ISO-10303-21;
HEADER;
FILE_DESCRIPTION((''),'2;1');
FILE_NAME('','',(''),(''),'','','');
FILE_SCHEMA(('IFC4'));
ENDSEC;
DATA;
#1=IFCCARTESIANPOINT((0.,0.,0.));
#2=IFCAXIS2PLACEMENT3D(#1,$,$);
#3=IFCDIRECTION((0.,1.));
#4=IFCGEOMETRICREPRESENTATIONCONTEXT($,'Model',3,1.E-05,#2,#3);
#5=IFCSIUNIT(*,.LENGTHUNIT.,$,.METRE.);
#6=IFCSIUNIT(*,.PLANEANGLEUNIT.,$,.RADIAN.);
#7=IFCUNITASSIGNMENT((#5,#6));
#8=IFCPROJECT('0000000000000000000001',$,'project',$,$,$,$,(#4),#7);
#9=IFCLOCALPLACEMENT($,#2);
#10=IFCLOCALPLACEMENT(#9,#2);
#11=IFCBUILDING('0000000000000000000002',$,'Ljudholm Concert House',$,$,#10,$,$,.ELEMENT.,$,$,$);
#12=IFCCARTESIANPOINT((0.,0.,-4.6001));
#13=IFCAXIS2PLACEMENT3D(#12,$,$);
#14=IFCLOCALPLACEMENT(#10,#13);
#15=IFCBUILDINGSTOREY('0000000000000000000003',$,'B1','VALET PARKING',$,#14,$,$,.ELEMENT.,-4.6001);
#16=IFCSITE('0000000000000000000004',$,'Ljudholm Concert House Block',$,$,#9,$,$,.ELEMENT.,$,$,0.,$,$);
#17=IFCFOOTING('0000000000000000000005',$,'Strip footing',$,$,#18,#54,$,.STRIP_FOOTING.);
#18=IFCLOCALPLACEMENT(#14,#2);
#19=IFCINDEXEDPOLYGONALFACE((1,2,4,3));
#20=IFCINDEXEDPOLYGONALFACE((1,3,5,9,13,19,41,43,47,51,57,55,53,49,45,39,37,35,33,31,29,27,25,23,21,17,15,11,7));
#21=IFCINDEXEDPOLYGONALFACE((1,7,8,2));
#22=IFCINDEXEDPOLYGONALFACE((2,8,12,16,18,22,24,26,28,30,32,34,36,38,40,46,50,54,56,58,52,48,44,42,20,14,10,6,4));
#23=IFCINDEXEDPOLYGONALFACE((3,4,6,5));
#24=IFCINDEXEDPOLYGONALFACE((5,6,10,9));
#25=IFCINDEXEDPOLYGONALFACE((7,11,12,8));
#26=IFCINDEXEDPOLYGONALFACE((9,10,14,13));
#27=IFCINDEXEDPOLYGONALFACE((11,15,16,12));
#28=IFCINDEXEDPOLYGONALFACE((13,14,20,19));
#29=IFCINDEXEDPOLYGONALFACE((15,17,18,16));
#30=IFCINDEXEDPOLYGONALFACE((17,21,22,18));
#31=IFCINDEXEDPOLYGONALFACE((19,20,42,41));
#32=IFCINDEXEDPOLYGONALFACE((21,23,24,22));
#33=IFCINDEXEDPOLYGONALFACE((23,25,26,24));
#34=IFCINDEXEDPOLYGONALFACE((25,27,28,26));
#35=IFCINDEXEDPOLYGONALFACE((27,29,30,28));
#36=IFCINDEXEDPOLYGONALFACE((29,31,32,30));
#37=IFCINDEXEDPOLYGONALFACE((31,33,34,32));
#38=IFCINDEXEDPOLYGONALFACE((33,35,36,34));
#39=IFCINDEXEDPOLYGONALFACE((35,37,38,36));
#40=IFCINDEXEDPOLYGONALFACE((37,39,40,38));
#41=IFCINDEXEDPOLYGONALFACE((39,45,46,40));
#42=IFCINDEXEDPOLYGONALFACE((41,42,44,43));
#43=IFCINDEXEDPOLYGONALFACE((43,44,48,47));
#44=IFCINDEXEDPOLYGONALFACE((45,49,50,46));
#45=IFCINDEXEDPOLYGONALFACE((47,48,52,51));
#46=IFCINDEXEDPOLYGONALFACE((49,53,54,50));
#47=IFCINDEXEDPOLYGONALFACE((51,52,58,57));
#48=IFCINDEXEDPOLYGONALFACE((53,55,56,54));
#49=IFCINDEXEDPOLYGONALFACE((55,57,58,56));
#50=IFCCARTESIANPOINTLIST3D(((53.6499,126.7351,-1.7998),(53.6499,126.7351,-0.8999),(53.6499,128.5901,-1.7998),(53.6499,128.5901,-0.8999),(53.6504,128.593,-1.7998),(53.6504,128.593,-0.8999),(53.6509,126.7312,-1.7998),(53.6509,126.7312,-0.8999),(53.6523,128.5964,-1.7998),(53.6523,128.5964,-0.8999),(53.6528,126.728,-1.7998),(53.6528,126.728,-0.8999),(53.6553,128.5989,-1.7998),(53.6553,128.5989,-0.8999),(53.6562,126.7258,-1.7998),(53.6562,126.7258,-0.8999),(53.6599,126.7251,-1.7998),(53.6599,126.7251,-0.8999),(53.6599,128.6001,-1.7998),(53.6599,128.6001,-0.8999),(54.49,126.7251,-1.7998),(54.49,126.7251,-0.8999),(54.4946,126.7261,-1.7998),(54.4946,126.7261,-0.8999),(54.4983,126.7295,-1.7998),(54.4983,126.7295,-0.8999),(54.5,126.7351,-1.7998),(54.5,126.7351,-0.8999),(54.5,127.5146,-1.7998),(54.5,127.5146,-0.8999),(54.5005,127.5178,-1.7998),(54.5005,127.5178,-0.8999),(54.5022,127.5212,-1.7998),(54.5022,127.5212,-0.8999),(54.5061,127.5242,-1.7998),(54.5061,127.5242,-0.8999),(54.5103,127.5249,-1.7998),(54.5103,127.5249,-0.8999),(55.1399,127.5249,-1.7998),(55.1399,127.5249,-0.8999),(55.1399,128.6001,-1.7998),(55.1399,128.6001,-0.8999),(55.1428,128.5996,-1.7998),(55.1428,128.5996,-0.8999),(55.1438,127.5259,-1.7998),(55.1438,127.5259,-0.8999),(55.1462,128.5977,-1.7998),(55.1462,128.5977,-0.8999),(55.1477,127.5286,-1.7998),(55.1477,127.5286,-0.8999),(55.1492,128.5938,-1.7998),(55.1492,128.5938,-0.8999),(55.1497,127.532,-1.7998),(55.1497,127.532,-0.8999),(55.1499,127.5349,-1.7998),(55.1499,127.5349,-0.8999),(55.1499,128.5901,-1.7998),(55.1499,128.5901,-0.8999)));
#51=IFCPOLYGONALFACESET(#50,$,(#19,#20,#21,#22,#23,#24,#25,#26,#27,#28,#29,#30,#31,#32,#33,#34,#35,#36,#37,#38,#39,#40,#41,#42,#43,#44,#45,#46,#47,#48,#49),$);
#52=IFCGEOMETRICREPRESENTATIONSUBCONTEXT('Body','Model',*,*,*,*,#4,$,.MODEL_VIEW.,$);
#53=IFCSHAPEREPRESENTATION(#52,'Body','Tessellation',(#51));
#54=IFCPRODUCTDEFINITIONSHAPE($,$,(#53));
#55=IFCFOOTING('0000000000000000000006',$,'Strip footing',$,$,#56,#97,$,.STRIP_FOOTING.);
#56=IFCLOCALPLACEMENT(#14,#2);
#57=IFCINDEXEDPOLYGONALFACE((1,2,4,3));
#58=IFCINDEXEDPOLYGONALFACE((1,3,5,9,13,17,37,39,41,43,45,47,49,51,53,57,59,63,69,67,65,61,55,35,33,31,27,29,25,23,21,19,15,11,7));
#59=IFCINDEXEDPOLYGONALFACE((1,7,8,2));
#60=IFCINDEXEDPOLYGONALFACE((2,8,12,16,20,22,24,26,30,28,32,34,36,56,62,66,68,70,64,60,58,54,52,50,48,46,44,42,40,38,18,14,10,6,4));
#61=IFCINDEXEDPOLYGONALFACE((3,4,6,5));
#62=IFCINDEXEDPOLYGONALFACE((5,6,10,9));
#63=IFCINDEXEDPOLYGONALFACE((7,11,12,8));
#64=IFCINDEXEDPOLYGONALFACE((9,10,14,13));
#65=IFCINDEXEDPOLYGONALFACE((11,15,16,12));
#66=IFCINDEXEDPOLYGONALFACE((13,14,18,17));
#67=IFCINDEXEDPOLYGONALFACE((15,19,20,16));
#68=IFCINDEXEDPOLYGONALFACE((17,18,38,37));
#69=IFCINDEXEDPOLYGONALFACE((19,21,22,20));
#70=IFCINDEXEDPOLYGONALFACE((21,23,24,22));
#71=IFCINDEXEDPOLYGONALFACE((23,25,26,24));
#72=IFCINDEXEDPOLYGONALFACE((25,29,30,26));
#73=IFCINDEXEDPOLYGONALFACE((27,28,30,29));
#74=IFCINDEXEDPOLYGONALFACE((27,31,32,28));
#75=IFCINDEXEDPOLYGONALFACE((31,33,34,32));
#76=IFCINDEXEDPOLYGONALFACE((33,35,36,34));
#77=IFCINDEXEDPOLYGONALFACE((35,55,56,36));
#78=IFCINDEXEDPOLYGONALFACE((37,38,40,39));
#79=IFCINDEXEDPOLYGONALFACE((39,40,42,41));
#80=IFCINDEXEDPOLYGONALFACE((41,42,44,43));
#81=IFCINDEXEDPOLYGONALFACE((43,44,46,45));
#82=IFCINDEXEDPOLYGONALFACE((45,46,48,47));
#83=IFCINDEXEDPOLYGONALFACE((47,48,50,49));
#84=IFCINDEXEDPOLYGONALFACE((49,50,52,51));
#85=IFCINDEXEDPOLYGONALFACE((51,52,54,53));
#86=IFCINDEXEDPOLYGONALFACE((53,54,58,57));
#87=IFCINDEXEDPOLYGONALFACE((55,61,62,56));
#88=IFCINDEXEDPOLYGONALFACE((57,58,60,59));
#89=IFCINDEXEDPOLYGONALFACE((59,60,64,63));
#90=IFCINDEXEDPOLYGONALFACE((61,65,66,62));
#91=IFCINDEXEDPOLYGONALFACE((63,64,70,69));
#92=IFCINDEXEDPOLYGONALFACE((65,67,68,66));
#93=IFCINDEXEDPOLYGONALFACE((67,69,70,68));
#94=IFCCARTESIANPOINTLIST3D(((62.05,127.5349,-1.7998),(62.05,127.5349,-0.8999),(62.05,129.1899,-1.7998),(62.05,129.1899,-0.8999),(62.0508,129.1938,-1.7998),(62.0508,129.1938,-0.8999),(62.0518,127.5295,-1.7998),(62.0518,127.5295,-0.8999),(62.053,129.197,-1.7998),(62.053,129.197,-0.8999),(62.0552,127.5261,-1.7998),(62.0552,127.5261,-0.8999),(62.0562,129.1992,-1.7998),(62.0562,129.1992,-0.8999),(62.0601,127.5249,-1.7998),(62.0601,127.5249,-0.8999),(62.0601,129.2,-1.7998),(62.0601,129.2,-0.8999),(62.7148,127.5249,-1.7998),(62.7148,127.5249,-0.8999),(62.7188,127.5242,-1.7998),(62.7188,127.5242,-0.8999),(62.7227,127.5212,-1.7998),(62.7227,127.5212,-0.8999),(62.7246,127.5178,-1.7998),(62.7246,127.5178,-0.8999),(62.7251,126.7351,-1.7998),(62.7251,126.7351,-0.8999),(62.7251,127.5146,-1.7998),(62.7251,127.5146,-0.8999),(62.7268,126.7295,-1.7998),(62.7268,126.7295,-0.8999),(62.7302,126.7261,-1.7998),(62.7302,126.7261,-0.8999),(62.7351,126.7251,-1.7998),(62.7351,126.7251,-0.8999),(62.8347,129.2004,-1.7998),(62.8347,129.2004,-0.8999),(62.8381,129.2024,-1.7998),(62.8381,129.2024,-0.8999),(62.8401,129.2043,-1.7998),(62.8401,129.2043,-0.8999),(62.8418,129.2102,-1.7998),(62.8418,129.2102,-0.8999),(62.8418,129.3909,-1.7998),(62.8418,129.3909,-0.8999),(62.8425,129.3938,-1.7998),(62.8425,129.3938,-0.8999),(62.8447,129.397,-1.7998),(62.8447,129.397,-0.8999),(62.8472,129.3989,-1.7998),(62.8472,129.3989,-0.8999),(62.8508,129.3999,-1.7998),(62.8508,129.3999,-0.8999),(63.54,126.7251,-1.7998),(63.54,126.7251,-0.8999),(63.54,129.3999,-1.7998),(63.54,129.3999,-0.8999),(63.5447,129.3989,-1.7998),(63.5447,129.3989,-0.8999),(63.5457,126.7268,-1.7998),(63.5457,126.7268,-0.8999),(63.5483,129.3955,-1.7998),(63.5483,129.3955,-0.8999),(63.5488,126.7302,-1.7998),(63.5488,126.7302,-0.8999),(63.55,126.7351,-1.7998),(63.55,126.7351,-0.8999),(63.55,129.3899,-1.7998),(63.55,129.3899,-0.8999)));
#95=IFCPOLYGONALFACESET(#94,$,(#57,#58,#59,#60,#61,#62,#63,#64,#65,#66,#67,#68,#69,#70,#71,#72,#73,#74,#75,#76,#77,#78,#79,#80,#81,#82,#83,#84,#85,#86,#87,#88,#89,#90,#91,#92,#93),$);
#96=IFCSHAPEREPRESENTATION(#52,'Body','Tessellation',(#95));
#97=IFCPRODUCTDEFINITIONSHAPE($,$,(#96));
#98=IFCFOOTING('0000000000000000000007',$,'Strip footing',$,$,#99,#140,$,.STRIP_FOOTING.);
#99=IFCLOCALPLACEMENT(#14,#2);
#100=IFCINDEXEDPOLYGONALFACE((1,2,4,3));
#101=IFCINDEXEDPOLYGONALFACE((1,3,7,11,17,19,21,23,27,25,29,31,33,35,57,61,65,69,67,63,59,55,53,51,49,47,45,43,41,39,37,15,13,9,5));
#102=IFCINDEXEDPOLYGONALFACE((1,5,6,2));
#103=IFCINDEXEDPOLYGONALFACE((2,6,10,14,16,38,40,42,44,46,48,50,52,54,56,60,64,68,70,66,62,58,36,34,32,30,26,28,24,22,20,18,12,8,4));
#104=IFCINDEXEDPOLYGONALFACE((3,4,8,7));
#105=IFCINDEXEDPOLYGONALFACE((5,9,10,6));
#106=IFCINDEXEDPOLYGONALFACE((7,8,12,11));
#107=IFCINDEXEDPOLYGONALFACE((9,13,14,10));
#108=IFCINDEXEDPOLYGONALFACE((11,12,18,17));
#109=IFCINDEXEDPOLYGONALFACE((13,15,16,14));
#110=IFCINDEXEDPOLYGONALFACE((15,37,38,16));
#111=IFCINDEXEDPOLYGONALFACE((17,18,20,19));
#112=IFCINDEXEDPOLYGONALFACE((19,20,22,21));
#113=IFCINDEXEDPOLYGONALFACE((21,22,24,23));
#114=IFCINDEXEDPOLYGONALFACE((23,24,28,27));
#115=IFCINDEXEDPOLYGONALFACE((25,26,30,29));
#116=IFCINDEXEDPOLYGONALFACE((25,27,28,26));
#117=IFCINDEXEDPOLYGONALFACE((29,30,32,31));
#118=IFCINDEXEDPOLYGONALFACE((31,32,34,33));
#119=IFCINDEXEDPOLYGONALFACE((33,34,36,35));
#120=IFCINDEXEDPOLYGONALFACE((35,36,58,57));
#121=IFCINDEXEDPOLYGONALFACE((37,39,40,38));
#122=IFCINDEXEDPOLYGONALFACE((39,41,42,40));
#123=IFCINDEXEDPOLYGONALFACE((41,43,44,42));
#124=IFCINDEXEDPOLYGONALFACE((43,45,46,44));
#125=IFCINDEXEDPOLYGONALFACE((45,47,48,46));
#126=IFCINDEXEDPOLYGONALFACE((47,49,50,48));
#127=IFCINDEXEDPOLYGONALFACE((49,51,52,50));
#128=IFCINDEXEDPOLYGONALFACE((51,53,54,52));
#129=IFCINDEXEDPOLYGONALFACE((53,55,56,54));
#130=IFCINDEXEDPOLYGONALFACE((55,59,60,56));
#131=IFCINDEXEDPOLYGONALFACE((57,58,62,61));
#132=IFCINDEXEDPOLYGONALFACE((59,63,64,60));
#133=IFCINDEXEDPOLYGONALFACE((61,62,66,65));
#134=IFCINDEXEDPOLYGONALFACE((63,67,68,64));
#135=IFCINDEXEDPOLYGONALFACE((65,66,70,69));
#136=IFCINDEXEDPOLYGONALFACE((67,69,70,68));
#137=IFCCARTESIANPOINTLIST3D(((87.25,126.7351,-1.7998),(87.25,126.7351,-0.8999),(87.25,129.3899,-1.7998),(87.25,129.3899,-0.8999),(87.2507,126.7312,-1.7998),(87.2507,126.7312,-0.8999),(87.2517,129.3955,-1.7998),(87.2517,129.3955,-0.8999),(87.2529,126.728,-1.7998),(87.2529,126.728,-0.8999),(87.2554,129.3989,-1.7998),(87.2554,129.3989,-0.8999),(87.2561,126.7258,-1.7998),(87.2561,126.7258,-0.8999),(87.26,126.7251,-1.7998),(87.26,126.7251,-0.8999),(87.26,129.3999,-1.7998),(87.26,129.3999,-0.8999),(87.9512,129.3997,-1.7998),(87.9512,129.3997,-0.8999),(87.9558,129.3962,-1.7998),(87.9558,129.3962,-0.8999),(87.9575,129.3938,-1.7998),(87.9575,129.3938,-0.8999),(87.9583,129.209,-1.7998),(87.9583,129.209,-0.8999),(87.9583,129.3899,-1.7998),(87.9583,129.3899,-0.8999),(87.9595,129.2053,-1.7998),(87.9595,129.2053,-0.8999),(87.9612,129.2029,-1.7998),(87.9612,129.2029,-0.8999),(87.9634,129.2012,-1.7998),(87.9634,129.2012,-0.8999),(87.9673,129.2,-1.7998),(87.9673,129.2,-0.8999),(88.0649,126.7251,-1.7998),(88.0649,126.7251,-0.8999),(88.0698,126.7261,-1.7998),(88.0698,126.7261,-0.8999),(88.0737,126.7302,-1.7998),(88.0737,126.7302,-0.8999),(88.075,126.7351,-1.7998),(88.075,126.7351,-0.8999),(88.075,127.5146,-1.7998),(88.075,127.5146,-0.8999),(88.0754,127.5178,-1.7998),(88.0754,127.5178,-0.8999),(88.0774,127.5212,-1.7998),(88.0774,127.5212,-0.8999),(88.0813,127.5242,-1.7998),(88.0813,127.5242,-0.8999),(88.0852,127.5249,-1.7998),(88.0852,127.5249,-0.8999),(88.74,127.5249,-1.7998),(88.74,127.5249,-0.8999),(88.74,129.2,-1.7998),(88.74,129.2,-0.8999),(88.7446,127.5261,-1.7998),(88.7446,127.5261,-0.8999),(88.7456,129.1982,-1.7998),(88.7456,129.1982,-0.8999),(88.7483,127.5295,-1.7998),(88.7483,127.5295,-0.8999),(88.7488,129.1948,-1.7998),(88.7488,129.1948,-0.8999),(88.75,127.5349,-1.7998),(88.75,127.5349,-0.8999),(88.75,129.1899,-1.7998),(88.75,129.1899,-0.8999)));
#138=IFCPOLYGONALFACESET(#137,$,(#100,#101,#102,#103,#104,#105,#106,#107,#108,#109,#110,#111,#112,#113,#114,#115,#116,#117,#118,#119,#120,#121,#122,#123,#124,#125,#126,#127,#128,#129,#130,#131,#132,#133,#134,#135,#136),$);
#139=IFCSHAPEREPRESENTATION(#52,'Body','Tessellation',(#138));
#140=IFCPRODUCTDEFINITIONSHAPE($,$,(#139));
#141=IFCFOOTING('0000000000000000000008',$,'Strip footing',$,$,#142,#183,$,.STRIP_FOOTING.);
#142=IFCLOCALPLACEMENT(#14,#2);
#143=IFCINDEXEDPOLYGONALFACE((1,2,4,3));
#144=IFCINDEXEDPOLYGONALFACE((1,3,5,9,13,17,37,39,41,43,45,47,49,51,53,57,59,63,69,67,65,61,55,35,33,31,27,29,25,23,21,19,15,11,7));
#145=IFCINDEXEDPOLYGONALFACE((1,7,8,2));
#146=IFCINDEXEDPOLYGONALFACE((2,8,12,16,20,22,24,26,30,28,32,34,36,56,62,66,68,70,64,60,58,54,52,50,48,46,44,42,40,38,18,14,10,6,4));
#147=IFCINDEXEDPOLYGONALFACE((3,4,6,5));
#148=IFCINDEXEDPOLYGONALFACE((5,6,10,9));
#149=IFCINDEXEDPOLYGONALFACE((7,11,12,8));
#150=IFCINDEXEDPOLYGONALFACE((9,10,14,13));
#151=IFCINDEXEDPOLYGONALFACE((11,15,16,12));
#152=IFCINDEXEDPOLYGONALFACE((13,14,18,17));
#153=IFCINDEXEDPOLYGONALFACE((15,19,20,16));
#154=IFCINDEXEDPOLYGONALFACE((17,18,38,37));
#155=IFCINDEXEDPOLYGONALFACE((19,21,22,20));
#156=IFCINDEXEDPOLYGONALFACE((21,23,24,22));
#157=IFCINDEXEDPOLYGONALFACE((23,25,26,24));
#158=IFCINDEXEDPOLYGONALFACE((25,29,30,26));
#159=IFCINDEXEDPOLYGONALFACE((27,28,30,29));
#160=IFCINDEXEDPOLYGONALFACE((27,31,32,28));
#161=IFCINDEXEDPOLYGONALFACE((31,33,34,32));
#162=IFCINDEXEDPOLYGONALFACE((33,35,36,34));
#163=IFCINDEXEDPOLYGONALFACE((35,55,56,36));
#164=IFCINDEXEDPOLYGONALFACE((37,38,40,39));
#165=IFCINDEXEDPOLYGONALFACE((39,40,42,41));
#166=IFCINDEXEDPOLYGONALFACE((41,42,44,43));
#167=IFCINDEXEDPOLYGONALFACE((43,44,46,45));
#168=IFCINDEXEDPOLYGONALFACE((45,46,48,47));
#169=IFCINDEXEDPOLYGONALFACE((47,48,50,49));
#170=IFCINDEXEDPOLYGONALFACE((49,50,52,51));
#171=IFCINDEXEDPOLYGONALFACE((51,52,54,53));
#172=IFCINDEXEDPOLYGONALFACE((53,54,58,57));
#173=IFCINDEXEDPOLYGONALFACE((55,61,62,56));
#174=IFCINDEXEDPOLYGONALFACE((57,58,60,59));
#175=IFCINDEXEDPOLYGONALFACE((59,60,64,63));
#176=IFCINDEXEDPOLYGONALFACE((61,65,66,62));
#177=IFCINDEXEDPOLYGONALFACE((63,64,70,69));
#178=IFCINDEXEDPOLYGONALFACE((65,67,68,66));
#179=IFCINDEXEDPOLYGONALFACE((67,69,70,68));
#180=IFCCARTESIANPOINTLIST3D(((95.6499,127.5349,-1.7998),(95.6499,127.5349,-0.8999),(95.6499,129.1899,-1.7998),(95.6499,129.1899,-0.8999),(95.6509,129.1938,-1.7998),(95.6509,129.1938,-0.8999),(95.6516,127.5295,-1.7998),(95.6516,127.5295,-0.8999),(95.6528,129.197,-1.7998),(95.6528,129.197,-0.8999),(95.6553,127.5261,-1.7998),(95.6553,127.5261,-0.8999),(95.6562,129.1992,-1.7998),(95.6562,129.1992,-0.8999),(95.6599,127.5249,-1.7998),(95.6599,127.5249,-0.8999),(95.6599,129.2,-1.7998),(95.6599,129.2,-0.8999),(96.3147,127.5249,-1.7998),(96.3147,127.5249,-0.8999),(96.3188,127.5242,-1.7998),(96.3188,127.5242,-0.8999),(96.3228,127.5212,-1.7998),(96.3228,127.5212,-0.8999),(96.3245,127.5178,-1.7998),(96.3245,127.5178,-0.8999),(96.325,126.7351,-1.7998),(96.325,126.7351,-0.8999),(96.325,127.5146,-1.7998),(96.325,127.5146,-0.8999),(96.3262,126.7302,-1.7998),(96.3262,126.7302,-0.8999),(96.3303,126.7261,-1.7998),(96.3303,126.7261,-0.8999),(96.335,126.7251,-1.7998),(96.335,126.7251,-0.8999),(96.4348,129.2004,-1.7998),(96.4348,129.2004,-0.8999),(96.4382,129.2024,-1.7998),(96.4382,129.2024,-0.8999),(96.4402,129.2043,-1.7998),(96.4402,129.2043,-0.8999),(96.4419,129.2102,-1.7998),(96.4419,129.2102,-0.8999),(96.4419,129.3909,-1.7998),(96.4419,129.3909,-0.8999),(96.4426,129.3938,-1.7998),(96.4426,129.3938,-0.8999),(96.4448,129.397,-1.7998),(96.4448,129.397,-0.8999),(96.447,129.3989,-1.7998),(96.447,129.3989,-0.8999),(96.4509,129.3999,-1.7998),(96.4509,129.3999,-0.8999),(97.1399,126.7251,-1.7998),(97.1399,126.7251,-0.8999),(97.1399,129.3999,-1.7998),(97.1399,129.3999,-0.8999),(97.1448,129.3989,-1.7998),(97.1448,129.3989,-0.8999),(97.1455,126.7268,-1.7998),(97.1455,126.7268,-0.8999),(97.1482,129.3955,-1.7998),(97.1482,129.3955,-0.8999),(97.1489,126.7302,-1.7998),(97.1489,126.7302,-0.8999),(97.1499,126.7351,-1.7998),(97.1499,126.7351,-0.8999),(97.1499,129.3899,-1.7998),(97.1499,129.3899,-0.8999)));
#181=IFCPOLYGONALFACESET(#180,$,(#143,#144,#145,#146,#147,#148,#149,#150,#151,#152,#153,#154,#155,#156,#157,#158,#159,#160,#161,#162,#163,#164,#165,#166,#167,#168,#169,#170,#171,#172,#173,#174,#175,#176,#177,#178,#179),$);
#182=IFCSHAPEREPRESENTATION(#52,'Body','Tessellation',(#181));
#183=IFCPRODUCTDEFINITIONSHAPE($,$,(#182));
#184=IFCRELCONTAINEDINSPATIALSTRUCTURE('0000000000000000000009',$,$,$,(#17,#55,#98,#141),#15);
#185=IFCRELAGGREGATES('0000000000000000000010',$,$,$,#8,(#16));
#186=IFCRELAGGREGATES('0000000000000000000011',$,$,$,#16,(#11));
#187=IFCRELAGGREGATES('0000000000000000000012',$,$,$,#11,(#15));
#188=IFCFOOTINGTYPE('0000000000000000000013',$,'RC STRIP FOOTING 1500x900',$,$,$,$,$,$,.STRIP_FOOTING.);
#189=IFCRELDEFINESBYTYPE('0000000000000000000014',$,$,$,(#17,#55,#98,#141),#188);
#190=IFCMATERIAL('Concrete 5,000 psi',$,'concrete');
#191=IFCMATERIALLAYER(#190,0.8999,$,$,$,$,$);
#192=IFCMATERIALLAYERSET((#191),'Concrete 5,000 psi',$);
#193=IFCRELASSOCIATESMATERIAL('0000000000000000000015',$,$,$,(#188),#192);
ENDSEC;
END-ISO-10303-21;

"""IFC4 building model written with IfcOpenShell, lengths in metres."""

from ifc_helpers import new_model, si_unit, direction, frame, origin, place, context, subcontext, project, spatial, polyline, outline, extrude, material, layer, layer_set, type_object, element, save


model = new_model("IFC4")

# Units and contexts
model_context = context("Model", 3, precision=1e-05, world=origin(), true_north=direction((0.0, 1.0)))
body_context = subcontext(model_context, "Body", "Model", "MODEL_VIEW")
ifc_project = project(units=[si_unit("LENGTHUNIT", "METRE"), si_unit("PLANEANGLEUNIT", "RADIAN")], contexts=[model_context])

# Site, building, storey
site_placement = place(None, origin())
site = spatial("IfcSite", under=ifc_project, at=site_placement, Name="Ljudholm Concert House Block", CompositionType="ELEMENT", RefElevation=0.0)
building_placement = place(site_placement, origin())
building = spatial("IfcBuilding", under=site, at=building_placement, Name="Ljudholm Concert House", CompositionType="ELEMENT")
storey_placement = place(building_placement, frame((0.0, 0.0, -4.6001)))
storey = spatial("IfcBuildingStorey", under=building, at=storey_placement, Name="B1", Description="VALET PARKING", CompositionType="ELEMENT", Elevation=-4.6001)

# Footings
ifc_material_1 = material(Name="Concrete 5,000 psi", Category="concrete")
ifc_layer_1 = layer(ifc_material_1, 0.8999)
ifc_layer_set_1 = layer_set([ifc_layer_1], Name="Concrete 5,000 psi")
footing_type_1 = type_object("IfcFootingType", Name="RC STRIP FOOTING 1500x900", PredefinedType="STRIP_FOOTING", material=ifc_layer_set_1)
footing_1_placement = place(storey_placement, frame((0.0, 0.0, -1.7998)))
element("IfcFooting", 1, at=footing_1_placement, inside=storey, type_object=footing_type_1, Name="Strip footing", PredefinedType="STRIP_FOOTING", context=body_context, shape_type="SweptSolid", body=[
    extrude(outline(polyline([(53.6599, 126.7251), (54.49, 126.7251), (54.4946, 126.7261), (54.4983, 126.7295), (54.5, 126.7351), (54.5, 127.5146), (54.5005, 127.5178), (54.5022, 127.5212), (54.5061, 127.5242), (54.5103, 127.5249), (55.1399, 127.5249), (55.1438, 127.5259), (55.1477, 127.5286), (55.1497, 127.532), (55.1499, 127.5349), (55.1499, 128.5901), (55.1492, 128.5938), (55.1462, 128.5977), (55.1428, 128.5996), (55.1399, 128.6001), (53.6599, 128.6001), (53.6553, 128.5989), (53.6523, 128.5964), (53.6504, 128.593), (53.6499, 128.5901), (53.6499, 126.7351), (53.6509, 126.7312), (53.6528, 126.728), (53.6562, 126.7258), (53.6599, 126.7251)])), origin(), (0.0, 0.0, 1.0), 0.8999),
])
footing_2_placement = place(storey_placement, frame((0.0, 0.0, -1.7998)))
element("IfcFooting", 2, at=footing_2_placement, inside=storey, type_object=footing_type_1, Name="Strip footing", PredefinedType="STRIP_FOOTING", context=body_context, shape_type="SweptSolid", body=[
    extrude(outline(polyline([(62.05, 129.1899), (62.05, 127.5349), (62.0518, 127.5295), (62.0552, 127.5261), (62.0601, 127.5249), (62.7148, 127.5249), (62.7188, 127.5242), (62.7227, 127.5212), (62.7246, 127.5178), (62.7251, 127.5146), (62.7251, 126.7351), (62.7268, 126.7295), (62.7302, 126.7261), (62.7351, 126.7251), (63.54, 126.7251), (63.5457, 126.7268), (63.5488, 126.7302), (63.55, 126.7351), (63.55, 129.3899), (63.5483, 129.3955), (63.5447, 129.3989), (63.54, 129.3999), (62.8508, 129.3999), (62.8472, 129.3989), (62.8447, 129.397), (62.8425, 129.3938), (62.8418, 129.3909), (62.8418, 129.2102), (62.8401, 129.2043), (62.8381, 129.2024), (62.8347, 129.2004), (62.0601, 129.2), (62.0562, 129.1992), (62.053, 129.197), (62.0508, 129.1938), (62.05, 129.1899)])), origin(), (0.0, 0.0, 1.0), 0.8999),
])
footing_3_placement = place(storey_placement, frame((0.0, 0.0, -1.7998)))
element("IfcFooting", 3, at=footing_3_placement, inside=storey, type_object=footing_type_1, Name="Strip footing", PredefinedType="STRIP_FOOTING", context=body_context, shape_type="SweptSolid", body=[
    extrude(outline(polyline([(87.26, 126.7251), (88.0649, 126.7251), (88.0698, 126.7261), (88.0737, 126.7302), (88.075, 126.7351), (88.075, 127.5146), (88.0754, 127.5178), (88.0774, 127.5212), (88.0813, 127.5242), (88.0852, 127.5249), (88.74, 127.5249), (88.7446, 127.5261), (88.7483, 127.5295), (88.75, 127.5349), (88.75, 129.1899), (88.7488, 129.1948), (88.7456, 129.1982), (88.74, 129.2), (87.9673, 129.2), (87.9634, 129.2012), (87.9612, 129.2029), (87.9595, 129.2053), (87.9583, 129.209), (87.9583, 129.3899), (87.9575, 129.3938), (87.9558, 129.3962), (87.9512, 129.3997), (87.26, 129.3999), (87.2554, 129.3989), (87.2517, 129.3955), (87.25, 129.3899), (87.25, 126.7351), (87.2507, 126.7312), (87.2529, 126.728), (87.2561, 126.7258), (87.26, 126.7251)])), origin(), (0.0, 0.0, 1.0), 0.8999),
])
footing_4_placement = place(storey_placement, frame((0.0, 0.0, -1.7998)))
element("IfcFooting", 4, at=footing_4_placement, inside=storey, type_object=footing_type_1, Name="Strip footing", PredefinedType="STRIP_FOOTING", context=body_context, shape_type="SweptSolid", body=[
    extrude(outline(polyline([(95.6499, 129.1899), (95.6499, 127.5349), (95.6516, 127.5295), (95.6553, 127.5261), (95.6599, 127.5249), (96.3147, 127.5249), (96.3188, 127.5242), (96.3228, 127.5212), (96.3245, 127.5178), (96.325, 127.5146), (96.325, 126.7351), (96.3262, 126.7302), (96.3303, 126.7261), (96.335, 126.7251), (97.1399, 126.7251), (97.1455, 126.7268), (97.1489, 126.7302), (97.1499, 126.7351), (97.1499, 129.3899), (97.1482, 129.3955), (97.1448, 129.3989), (97.1399, 129.3999), (96.4509, 129.3999), (96.447, 129.3989), (96.4448, 129.397), (96.4426, 129.3938), (96.4419, 129.3909), (96.4419, 129.2102), (96.4402, 129.2043), (96.4382, 129.2024), (96.4348, 129.2004), (95.6599, 129.2), (95.6562, 129.1992), (95.6528, 129.197), (95.6509, 129.1938), (95.6499, 129.1899)])), origin(), (0.0, 0.0, 1.0), 0.8999),
])

save(model, "model.ifc")
